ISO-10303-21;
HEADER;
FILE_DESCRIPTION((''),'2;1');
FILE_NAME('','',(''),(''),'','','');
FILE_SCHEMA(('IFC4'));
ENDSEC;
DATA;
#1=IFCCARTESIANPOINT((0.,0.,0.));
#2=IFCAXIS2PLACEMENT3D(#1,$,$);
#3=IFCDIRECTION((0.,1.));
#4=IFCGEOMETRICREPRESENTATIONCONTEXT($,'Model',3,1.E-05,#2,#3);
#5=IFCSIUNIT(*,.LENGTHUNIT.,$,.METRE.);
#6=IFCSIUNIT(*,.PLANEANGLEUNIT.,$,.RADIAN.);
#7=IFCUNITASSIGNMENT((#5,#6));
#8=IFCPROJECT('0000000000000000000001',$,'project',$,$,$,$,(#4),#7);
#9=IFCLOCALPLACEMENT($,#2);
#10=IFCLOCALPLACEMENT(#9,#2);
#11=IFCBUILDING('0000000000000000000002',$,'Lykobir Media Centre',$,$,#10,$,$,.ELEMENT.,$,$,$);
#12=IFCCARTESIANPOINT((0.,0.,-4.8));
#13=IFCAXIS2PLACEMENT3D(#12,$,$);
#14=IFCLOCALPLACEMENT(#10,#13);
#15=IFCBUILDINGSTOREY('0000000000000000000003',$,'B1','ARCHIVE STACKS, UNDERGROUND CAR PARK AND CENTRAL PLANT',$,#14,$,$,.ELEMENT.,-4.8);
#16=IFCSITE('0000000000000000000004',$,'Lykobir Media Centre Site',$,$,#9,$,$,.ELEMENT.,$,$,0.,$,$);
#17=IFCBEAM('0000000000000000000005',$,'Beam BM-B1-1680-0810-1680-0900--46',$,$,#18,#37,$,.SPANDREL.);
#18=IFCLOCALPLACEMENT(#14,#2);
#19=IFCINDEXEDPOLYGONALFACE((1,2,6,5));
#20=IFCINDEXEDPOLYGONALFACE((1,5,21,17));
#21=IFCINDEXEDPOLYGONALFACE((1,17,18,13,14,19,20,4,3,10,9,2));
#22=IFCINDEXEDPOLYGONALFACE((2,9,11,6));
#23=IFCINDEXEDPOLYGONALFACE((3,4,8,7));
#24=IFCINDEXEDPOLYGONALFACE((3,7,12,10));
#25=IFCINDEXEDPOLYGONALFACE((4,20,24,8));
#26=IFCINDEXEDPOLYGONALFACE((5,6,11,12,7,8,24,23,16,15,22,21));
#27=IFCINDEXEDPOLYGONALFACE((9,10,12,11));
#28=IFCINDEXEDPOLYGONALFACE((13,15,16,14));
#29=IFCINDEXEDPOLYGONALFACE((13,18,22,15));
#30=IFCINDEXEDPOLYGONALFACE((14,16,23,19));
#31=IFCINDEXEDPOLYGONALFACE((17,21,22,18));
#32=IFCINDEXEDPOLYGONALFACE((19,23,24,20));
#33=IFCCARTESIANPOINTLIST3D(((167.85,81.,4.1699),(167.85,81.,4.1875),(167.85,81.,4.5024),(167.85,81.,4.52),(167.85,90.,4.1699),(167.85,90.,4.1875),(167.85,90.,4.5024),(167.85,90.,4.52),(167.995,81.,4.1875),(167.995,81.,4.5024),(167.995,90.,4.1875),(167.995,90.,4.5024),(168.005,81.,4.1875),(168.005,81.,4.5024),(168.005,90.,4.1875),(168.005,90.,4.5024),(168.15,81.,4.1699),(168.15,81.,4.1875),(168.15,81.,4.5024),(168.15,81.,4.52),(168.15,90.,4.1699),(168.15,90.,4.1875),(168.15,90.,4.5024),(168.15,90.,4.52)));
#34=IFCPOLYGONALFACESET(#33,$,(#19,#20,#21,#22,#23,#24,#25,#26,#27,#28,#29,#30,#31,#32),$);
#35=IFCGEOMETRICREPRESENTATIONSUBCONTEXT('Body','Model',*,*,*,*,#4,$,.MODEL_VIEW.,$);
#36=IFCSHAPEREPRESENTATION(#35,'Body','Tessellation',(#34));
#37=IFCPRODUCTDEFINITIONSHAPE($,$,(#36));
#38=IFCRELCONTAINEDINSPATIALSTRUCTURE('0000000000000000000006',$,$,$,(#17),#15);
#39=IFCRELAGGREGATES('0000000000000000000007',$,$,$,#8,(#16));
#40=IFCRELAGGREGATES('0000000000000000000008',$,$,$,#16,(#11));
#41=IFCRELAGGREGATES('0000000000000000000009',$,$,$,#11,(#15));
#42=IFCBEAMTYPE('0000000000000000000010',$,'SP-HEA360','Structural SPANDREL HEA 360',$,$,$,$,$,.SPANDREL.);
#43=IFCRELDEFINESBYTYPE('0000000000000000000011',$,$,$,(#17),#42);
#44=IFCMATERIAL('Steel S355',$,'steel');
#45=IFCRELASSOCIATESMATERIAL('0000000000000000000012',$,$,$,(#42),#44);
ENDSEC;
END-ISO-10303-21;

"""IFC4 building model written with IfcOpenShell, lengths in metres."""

from ifc_helpers import new_model, si_unit, direction, frame, origin, origin_2d, place, context, subcontext, project, spatial, i_section, extrude, material, material_profile, profile_set, type_object, element, save


model = new_model("IFC4")

# Units and contexts
model_context = context("Model", 3, precision=1e-05, world=origin(), true_north=direction((0.0, 1.0)))
body_context = subcontext(model_context, "Body", "Model", "MODEL_VIEW")
ifc_project = project(units=[si_unit("LENGTHUNIT", "METRE"), si_unit("PLANEANGLEUNIT", "RADIAN")], contexts=[model_context])

# Site, building, storey
site_placement = place(None, origin())
site = spatial("IfcSite", under=ifc_project, at=site_placement, Name="Lykobir Media Centre Site", CompositionType="ELEMENT", RefElevation=0.0)
building_placement = place(site_placement, origin())
building = spatial("IfcBuilding", under=site, at=building_placement, Name="Lykobir Media Centre", CompositionType="ELEMENT")
storey_placement = place(building_placement, frame((0.0, 0.0, -4.8)))
storey = spatial("IfcBuildingStorey", under=building, at=storey_placement, Name="B1", Description="ARCHIVE STACKS, UNDERGROUND CAR PARK AND CENTRAL PLANT", CompositionType="ELEMENT", Elevation=-4.8)

# Beam
ifc_material_1 = material(Name="Steel S355", Category="steel")
ifc_material_profile_1 = material_profile(ifc_material_1, i_section(OverallWidth=0.3, OverallDepth=0.3501, WebThickness=0.01, FlangeThickness=0.0176, at=origin_2d()), Name="HEA 360")
ifc_profile_set_1 = profile_set([ifc_material_profile_1], Name="Steel S355")
beam_type_1 = type_object("IfcBeamType", Name="SP-HEA360", Description="Structural SPANDREL HEA 360", PredefinedType="SPANDREL", material=ifc_profile_set_1)
beam_1_placement = place(storey_placement, frame((168.0, 81.0, 4.345), z_axis=(0.0, 1.0, 0.0), x_axis=(-1.0, 0.0, 0.0)))
element("IfcBeam", 1, at=beam_1_placement, inside=storey, type_object=beam_type_1, Name="Beam BM-B1-1680-0810-1680-0900--46", PredefinedType="SPANDREL", context=body_context, shape_type="SweptSolid", body=[
    extrude(i_section(OverallWidth=0.3, OverallDepth=0.3501, WebThickness=0.01, FlangeThickness=0.0176, at=origin_2d()), origin(), (0.0, 0.0, 1.0), 9.0),
])

save(model, "model.ifc")
